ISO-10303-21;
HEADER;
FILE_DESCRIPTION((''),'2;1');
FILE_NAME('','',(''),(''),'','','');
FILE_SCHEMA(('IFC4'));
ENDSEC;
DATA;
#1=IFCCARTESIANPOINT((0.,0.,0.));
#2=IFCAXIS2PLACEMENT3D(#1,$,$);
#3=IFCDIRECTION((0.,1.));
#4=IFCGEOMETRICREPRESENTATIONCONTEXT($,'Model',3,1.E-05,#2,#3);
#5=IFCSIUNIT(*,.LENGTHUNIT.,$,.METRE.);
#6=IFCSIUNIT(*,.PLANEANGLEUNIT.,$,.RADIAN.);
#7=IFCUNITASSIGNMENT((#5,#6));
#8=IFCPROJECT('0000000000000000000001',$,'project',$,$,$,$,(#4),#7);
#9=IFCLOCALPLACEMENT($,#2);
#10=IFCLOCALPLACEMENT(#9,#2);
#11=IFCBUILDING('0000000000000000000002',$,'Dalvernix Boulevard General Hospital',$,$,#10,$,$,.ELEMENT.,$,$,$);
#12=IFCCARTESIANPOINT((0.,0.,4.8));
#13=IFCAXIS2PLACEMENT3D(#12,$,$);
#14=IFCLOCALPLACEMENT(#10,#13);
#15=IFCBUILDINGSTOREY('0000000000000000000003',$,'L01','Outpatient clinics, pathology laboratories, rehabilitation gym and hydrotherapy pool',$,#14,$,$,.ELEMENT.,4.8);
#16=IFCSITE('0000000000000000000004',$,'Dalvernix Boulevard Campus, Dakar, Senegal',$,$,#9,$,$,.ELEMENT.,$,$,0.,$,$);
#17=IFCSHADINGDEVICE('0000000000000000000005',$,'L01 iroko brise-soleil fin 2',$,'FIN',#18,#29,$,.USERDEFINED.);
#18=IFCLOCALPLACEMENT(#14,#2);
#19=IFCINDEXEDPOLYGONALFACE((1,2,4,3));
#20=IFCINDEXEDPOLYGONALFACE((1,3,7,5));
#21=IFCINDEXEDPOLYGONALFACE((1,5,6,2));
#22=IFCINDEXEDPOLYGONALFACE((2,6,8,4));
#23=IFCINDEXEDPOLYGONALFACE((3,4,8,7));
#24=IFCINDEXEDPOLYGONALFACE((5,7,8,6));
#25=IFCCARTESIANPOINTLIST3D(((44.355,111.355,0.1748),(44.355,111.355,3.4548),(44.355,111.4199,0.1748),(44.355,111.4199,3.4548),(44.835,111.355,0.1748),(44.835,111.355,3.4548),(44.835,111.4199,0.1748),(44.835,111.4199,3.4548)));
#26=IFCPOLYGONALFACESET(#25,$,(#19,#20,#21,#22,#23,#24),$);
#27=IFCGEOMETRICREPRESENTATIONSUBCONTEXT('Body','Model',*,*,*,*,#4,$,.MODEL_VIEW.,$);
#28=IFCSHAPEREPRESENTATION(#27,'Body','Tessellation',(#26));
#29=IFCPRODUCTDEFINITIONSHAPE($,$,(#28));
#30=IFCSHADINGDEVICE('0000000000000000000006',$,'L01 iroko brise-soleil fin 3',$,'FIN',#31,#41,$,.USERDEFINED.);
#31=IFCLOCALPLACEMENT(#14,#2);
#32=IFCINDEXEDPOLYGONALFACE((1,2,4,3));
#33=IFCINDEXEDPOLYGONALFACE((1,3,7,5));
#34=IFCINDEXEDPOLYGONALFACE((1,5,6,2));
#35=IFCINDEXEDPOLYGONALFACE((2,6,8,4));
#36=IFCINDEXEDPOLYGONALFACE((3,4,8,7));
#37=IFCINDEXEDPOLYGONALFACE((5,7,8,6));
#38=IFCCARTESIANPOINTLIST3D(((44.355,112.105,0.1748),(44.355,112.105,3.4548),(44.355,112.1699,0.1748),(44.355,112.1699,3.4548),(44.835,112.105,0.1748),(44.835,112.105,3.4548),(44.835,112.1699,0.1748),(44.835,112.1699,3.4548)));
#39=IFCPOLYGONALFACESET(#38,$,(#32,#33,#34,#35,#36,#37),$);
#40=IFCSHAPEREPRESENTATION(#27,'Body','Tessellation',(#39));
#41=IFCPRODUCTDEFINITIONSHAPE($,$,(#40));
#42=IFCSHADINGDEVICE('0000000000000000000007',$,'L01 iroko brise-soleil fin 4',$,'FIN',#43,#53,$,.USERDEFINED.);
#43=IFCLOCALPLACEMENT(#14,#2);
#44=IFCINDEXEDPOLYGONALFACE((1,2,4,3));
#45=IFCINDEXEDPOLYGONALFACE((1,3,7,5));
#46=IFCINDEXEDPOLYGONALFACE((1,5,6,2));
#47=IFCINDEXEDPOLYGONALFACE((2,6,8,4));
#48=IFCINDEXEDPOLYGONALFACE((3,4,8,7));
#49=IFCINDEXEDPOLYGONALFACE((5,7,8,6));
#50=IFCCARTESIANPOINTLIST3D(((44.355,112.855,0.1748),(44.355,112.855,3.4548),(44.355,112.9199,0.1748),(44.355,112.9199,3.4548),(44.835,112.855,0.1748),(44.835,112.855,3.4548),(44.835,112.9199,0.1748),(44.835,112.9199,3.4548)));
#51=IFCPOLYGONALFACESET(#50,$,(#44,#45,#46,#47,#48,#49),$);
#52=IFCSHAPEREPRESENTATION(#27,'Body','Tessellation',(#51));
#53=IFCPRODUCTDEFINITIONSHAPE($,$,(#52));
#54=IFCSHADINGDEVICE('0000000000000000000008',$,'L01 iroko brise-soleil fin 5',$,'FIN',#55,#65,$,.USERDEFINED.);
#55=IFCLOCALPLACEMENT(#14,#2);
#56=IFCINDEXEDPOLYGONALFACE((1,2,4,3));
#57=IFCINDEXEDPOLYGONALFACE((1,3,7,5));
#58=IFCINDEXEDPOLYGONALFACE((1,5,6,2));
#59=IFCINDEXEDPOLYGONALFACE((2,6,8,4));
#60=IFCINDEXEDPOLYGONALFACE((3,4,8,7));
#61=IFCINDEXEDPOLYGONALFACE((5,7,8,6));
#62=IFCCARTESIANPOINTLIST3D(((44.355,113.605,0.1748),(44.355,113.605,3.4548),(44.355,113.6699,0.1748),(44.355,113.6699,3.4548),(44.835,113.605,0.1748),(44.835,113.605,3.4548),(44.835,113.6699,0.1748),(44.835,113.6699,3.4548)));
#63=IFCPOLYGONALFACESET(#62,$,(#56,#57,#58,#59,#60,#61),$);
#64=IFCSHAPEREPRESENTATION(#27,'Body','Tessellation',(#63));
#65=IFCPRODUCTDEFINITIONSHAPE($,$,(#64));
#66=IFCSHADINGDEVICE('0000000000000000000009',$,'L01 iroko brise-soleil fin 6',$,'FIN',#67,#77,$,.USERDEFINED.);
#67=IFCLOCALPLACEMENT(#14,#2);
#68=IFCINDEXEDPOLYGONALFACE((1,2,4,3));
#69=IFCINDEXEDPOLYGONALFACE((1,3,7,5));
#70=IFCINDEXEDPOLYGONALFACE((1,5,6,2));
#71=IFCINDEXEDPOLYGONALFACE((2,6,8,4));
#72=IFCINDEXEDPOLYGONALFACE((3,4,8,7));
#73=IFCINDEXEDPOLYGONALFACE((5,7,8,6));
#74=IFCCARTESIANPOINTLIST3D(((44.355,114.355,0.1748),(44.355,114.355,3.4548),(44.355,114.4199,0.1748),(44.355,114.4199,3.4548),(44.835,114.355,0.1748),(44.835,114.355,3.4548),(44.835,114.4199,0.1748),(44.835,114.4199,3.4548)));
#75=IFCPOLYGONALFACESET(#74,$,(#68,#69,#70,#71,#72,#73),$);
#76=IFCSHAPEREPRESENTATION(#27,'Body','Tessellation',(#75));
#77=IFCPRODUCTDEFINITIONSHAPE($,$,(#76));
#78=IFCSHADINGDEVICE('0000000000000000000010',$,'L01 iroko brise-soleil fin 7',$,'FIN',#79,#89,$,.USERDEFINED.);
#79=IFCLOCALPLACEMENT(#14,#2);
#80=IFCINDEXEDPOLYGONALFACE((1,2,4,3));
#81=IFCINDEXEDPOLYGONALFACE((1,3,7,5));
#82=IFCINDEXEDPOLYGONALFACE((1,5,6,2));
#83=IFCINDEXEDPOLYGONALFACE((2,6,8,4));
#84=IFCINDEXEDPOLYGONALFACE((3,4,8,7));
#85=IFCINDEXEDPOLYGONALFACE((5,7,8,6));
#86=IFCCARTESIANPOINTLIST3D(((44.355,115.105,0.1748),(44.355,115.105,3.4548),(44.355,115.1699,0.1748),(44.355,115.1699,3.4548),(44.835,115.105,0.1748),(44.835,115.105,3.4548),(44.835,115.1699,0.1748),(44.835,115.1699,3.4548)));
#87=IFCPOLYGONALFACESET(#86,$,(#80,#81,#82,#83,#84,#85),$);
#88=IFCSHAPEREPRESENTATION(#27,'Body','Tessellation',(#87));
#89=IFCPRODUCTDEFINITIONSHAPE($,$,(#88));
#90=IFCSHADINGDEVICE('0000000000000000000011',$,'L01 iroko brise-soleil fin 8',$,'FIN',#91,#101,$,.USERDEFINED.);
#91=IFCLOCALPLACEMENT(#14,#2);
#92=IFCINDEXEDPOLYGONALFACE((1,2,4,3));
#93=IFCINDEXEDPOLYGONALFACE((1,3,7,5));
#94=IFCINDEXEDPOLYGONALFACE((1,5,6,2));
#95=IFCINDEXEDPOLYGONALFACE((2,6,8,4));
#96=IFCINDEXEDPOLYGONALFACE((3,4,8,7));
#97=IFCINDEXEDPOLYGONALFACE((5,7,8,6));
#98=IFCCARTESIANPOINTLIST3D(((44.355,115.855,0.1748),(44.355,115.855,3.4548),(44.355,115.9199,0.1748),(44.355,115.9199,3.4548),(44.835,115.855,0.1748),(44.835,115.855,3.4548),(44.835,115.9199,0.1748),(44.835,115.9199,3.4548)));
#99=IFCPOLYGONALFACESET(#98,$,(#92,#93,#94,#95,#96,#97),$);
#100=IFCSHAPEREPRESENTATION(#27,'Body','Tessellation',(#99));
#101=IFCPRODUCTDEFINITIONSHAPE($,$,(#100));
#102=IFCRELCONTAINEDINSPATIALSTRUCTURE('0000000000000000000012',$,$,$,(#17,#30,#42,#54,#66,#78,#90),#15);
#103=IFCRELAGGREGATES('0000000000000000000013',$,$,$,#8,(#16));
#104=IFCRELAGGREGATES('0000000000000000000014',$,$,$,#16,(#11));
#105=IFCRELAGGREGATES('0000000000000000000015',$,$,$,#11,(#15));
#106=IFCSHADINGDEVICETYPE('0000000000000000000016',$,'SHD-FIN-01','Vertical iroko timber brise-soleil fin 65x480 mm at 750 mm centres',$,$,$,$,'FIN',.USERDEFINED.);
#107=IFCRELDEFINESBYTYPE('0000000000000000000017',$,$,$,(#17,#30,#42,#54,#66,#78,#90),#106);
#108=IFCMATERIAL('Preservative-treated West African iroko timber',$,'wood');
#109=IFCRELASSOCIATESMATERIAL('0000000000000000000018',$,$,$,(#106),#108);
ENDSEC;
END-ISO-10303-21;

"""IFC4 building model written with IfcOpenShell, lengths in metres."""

from ifc_helpers import new_model, si_unit, direction, frame, origin, origin_2d, place, context, subcontext, project, spatial, rectangle, extrude, material, type_object, element, save


model = new_model("IFC4")

# Units and contexts
model_context = context("Model", 3, precision=1e-05, world=origin(), true_north=direction((0.0, 1.0)))
body_context = subcontext(model_context, "Body", "Model", "MODEL_VIEW")
ifc_project = project(units=[si_unit("LENGTHUNIT", "METRE"), si_unit("PLANEANGLEUNIT", "RADIAN")], contexts=[model_context])

# Site, building, storey
site_placement = place(None, origin())
site = spatial("IfcSite", under=ifc_project, at=site_placement, Name="Dalvernix Boulevard Campus, Dakar, Senegal", CompositionType="ELEMENT", RefElevation=0.0)
building_placement = place(site_placement, origin())
building = spatial("IfcBuilding", under=site, at=building_placement, Name="Dalvernix Boulevard General Hospital", CompositionType="ELEMENT")
storey_placement = place(building_placement, frame((0.0, 0.0, 4.8)))
storey = spatial("IfcBuildingStorey", under=building, at=storey_placement, Name="L01", Description="Outpatient clinics, pathology laboratories, rehabilitation gym and hydrotherapy pool", CompositionType="ELEMENT", Elevation=4.8)

# Shading devices
ifc_material_1 = material(Name="Preservative-treated West African iroko timber", Category="wood")
shading_device_type = type_object("IfcShadingDeviceType", Name="SHD-FIN-01", Description="Vertical iroko timber brise-soleil fin 65x480 mm at 750 mm centres", ElementType="FIN", PredefinedType="USERDEFINED", material=ifc_material_1)
for number, where, z_axis, x_axis, name in (
    (1, (44.595, 111.3875, 0.1748), (0.0, 0.0, 1.0), (0.0, 1.0, 0.0), "L01 iroko brise-soleil fin 2"),
    (2, (44.595, 112.1375, 0.1748), (0.0, 0.0, 1.0), (0.0, 1.0, 0.0), "L01 iroko brise-soleil fin 3"),
    (3, (44.595, 112.8875, 0.1748), (0.0, 0.0, 1.0), (0.0, 1.0, 0.0), "L01 iroko brise-soleil fin 4"),
    (4, (44.595, 113.6375, 0.1748), (0.0, 0.0, 1.0), (0.0, 1.0, 0.0), "L01 iroko brise-soleil fin 5"),
    (5, (44.595, 114.3875, 0.1748), (0.0, 0.0, 1.0), (0.0, 1.0, 0.0), "L01 iroko brise-soleil fin 6"),
    (6, (44.595, 115.1375, 0.1748), (0.0, 0.0, 1.0), (0.0, 1.0, 0.0), "L01 iroko brise-soleil fin 7"),
    (7, (44.595, 115.8875, 0.1748), (0.0, 0.0, 1.0), (0.0, 1.0, 0.0), "L01 iroko brise-soleil fin 8"),
):
    element("IfcShadingDevice", number, at=place(storey_placement, frame(where, z_axis=z_axis, x_axis=x_axis)), inside=storey, type_object=shading_device_type, Name=name, ObjectType="FIN", PredefinedType="USERDEFINED", context=body_context, shape_type="SweptSolid", body=[
        extrude(rectangle(XDim=0.0649, YDim=0.48, at=origin_2d()), origin(), (0.0, 0.0, 1.0), 3.28),
    ])

save(model, "model.ifc")
